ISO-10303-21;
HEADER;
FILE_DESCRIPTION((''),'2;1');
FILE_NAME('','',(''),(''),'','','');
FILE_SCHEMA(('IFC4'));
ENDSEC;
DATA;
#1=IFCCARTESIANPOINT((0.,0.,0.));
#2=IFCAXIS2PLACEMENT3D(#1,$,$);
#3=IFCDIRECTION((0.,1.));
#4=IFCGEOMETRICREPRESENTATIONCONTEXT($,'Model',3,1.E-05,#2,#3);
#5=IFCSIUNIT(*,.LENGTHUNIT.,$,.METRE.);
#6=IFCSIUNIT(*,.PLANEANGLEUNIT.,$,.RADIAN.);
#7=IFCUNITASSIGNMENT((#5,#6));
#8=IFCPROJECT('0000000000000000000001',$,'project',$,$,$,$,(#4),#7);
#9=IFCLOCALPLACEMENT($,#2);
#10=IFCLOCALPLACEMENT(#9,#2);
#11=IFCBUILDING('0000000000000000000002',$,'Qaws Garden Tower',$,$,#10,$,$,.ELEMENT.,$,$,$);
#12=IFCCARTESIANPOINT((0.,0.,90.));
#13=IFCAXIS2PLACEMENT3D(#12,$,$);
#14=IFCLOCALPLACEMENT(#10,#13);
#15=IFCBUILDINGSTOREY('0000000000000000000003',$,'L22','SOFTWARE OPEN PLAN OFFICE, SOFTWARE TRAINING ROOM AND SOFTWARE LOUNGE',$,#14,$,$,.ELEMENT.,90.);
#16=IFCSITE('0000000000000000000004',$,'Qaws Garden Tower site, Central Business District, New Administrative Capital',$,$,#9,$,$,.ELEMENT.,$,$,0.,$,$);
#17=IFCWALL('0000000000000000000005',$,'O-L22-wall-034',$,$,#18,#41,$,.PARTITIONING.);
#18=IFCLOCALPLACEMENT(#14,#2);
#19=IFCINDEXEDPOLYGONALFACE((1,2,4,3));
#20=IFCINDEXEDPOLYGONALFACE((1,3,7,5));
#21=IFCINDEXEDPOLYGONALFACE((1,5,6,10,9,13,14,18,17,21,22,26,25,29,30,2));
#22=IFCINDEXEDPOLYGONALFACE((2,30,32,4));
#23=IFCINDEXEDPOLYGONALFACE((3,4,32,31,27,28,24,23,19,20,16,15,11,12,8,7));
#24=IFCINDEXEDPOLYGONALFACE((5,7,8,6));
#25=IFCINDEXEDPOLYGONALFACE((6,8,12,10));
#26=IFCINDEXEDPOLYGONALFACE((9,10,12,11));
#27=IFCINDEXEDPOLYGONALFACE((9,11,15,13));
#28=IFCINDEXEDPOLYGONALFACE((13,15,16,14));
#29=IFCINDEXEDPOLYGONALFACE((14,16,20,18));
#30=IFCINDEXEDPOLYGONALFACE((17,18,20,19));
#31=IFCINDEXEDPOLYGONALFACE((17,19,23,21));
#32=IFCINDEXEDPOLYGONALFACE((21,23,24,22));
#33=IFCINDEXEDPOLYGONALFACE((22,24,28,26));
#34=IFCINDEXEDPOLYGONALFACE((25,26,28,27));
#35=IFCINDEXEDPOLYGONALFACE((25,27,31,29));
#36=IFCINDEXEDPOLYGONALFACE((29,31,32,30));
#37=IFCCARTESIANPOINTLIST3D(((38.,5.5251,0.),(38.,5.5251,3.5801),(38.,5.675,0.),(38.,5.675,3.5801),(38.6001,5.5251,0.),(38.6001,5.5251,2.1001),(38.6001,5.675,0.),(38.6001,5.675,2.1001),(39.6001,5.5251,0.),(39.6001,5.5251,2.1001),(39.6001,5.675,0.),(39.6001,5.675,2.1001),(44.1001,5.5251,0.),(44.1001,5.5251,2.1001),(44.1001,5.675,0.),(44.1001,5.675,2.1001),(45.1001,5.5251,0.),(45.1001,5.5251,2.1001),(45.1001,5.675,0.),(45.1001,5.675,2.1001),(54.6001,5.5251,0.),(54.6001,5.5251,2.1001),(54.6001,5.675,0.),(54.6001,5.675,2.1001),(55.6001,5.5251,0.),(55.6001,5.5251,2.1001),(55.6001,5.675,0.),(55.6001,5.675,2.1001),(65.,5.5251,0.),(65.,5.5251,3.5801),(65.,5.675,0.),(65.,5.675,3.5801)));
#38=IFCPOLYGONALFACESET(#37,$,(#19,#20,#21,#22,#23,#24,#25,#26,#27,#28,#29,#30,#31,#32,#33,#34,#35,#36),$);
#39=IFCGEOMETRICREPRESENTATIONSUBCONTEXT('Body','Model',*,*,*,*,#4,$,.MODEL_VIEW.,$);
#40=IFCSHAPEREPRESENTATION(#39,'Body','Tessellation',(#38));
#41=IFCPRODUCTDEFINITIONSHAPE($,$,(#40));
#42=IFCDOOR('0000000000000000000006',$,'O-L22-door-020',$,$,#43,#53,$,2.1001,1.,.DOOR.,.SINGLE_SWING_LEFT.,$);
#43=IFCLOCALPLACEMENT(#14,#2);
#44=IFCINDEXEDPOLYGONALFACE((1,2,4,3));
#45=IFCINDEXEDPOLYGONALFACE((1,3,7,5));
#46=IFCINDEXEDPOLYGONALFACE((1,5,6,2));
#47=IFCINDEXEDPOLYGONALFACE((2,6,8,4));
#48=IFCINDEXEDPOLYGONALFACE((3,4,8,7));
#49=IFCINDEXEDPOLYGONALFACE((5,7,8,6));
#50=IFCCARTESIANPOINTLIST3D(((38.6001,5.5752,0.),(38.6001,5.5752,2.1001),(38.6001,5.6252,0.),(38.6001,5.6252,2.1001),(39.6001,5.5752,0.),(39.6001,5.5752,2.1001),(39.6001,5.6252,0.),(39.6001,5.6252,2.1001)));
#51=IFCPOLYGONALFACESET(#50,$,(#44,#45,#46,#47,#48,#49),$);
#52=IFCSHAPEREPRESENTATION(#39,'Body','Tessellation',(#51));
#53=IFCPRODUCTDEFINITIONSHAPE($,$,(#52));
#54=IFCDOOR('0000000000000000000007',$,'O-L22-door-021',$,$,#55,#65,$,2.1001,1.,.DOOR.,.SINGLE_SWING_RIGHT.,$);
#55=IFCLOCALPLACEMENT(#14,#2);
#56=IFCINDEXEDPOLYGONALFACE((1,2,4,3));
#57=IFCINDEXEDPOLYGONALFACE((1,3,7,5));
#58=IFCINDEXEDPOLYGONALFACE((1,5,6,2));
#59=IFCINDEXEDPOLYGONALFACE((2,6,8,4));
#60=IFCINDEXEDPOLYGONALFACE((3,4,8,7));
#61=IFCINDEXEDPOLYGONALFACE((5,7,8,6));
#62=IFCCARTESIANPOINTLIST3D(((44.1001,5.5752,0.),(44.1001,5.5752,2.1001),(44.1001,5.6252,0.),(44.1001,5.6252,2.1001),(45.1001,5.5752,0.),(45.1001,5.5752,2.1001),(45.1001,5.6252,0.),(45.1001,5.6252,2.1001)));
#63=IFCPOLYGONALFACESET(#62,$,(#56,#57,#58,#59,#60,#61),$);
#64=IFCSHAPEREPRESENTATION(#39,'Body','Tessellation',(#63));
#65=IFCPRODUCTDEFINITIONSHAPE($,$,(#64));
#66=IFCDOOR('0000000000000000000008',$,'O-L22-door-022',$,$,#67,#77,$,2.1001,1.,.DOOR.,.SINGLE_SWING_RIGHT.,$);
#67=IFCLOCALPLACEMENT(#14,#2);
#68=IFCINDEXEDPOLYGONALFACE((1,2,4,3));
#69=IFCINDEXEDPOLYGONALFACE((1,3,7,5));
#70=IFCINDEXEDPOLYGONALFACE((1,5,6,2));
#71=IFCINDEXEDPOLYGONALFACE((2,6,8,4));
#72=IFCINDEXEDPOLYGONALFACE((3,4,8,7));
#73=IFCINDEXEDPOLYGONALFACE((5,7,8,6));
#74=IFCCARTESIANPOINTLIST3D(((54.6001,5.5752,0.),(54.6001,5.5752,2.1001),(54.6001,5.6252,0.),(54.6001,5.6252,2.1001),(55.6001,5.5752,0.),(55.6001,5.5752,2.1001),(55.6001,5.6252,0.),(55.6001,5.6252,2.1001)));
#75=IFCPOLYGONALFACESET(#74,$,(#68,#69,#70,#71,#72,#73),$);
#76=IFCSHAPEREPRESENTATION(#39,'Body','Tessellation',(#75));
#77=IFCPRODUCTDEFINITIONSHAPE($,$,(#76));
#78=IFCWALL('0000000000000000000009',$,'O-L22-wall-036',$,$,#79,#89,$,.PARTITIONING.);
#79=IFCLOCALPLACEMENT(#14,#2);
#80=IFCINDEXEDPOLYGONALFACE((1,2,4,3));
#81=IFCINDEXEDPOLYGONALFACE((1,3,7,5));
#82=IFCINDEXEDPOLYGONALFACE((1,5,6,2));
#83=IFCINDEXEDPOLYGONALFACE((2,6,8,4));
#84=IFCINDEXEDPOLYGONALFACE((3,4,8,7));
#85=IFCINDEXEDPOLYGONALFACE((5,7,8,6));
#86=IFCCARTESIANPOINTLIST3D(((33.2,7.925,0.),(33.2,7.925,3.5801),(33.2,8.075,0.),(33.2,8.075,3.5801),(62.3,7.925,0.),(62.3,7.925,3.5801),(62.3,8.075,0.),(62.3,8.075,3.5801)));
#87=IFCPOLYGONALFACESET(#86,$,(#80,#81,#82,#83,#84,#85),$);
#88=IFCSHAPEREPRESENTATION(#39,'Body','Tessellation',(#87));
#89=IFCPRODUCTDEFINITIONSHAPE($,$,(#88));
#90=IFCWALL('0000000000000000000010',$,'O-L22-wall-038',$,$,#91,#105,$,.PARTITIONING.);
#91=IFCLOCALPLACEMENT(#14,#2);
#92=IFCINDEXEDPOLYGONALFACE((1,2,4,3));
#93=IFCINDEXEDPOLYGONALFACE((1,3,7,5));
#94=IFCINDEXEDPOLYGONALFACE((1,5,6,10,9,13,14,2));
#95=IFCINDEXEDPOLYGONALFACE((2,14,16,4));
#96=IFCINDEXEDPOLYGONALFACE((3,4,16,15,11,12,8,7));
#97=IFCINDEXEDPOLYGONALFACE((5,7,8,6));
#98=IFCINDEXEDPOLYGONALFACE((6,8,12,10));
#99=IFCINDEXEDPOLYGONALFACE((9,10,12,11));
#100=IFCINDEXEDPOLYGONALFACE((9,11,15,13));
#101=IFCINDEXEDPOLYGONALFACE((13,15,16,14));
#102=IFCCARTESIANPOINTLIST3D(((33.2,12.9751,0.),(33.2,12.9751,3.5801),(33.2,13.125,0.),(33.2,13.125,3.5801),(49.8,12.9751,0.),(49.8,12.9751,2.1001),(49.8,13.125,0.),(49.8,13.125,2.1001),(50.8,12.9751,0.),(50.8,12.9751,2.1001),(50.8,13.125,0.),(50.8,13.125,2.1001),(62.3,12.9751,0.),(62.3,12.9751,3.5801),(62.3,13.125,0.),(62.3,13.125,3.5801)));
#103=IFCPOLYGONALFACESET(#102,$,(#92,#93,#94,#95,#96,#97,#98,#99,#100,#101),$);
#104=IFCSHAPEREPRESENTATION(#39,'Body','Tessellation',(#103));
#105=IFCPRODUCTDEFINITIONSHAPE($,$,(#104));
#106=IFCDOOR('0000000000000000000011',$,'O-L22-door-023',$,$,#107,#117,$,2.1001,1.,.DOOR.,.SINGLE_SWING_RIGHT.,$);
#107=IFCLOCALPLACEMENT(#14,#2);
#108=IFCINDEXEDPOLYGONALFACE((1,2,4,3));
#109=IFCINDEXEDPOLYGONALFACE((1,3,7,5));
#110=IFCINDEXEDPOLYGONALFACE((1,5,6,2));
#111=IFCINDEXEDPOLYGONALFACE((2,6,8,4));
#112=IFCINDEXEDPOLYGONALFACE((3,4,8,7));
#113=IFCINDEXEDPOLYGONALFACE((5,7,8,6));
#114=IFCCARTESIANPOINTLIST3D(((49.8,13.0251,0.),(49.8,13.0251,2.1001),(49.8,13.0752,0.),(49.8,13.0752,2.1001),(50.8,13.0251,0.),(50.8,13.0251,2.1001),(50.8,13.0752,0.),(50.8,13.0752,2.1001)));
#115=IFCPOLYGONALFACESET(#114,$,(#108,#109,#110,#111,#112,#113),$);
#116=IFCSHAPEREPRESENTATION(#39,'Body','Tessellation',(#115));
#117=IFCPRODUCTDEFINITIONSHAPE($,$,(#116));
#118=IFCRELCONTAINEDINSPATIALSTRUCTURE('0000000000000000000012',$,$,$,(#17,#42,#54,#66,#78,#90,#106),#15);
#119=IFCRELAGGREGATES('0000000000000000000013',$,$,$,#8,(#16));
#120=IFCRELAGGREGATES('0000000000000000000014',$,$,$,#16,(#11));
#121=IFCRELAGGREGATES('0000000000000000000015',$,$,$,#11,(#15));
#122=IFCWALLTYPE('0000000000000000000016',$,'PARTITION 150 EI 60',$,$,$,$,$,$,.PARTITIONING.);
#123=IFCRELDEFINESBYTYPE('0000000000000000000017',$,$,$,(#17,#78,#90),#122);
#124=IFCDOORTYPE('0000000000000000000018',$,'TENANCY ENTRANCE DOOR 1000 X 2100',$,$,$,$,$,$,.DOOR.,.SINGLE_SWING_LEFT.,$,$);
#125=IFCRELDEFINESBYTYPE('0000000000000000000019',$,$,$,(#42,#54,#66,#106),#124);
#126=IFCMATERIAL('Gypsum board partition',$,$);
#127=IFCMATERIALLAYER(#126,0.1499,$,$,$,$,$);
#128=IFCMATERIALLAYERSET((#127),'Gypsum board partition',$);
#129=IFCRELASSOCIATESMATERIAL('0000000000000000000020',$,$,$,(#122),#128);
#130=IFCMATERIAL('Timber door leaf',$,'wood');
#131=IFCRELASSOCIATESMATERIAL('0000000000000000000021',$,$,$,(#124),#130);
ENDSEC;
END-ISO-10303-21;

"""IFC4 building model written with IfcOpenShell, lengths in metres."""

from ifc_helpers import new_model, si_unit, direction, frame, frame_2d, origin, place, context, subcontext, project, spatial, rectangle, extrude, material, layer, layer_set, type_object, element, fill, save


model = new_model("IFC4")

# Units and contexts
model_context = context("Model", 3, precision=1e-05, world=origin(), true_north=direction((0.0, 1.0)))
body_context = subcontext(model_context, "Body", "Model", "MODEL_VIEW")
ifc_project = project(units=[si_unit("LENGTHUNIT", "METRE"), si_unit("PLANEANGLEUNIT", "RADIAN")], contexts=[model_context])

# Site, building, storey
site_placement = place(None, origin())
site = spatial("IfcSite", under=ifc_project, at=site_placement, Name="Qaws Garden Tower site, Central Business District, New Administrative Capital", CompositionType="ELEMENT", RefElevation=0.0)
building_placement = place(site_placement, origin())
building = spatial("IfcBuilding", under=site, at=building_placement, Name="Qaws Garden Tower", CompositionType="ELEMENT")
storey_placement = place(building_placement, frame((0.0, 0.0, 90.0)))
storey = spatial("IfcBuildingStorey", under=building, at=storey_placement, Name="L22", Description="SOFTWARE OPEN PLAN OFFICE, SOFTWARE TRAINING ROOM AND SOFTWARE LOUNGE", CompositionType="ELEMENT", Elevation=90.0)

# Shared definitions
ifc_material_1 = material(Name="Gypsum board partition")
ifc_layer_1 = layer(ifc_material_1, 0.1499)
ifc_layer_set_1 = layer_set([ifc_layer_1], Name="Gypsum board partition")
wall_type_1 = type_object("IfcWallType", Name="PARTITION 150 EI 60", PredefinedType="PARTITIONING", material=ifc_layer_set_1)

# Shared definitions
ifc_material_2 = material(Name="Timber door leaf", Category="wood")
door_type_1 = type_object("IfcDoorType", Name="TENANCY ENTRANCE DOOR 1000 X 2100", OperationType="SINGLE_SWING_LEFT", PredefinedType="DOOR", material=ifc_material_2)

# Wall, openings, doors
wall_1_placement = place(storey_placement, frame((38.0, 5.6001, 0.0), z_axis=(0.0, 0.0, 1.0), x_axis=(1.0, 0.0, 0.0)))
wall_1 = element("IfcWall", 1, at=wall_1_placement, inside=storey, type_object=wall_type_1, Name="O-L22-wall-034", PredefinedType="PARTITIONING", context=body_context, shape_type="SweptSolid", body=[
    extrude(rectangle(XDim=27.0, YDim=0.1499, at=frame_2d((13.5, 0.0))), origin(), (0.0, 0.0, 1.0), 3.5801),
])
opening_1_placement = place(wall_1_placement, frame((0.6001, 0.0, 0.0)))
opening_1 = element("IfcOpeningElement", 2, at=opening_1_placement, cuts=wall_1, PredefinedType="OPENING", context=body_context, shape_type="SweptSolid", body=[
    extrude(rectangle(XDim=1.0, YDim=2.1001, at=frame_2d((0.5, 1.05))), frame((0.0, 0.085, 0.0), z_axis=(0.0, -1.0, 0.0), x_axis=(1.0, 0.0, 0.0)), (0.0, 0.0, 1.0), 0.1699),
])
opening_2_placement = place(wall_1_placement, frame((6.1001, 0.0, 0.0)))
opening_2 = element("IfcOpeningElement", 3, at=opening_2_placement, cuts=wall_1, PredefinedType="OPENING", context=body_context, shape_type="SweptSolid", body=[
    extrude(rectangle(XDim=1.0, YDim=2.1001, at=frame_2d((0.5, 1.05))), frame((0.0, 0.085, 0.0), z_axis=(0.0, -1.0, 0.0), x_axis=(1.0, 0.0, 0.0)), (0.0, 0.0, 1.0), 0.1699),
])
opening_3_placement = place(wall_1_placement, frame((16.6001, 0.0, 0.0)))
opening_3 = element("IfcOpeningElement", 4, at=opening_3_placement, cuts=wall_1, PredefinedType="OPENING", context=body_context, shape_type="SweptSolid", body=[
    extrude(rectangle(XDim=1.0, YDim=2.1001, at=frame_2d((0.5, 1.05))), frame((0.0, 0.085, 0.0), z_axis=(0.0, -1.0, 0.0), x_axis=(1.0, 0.0, 0.0)), (0.0, 0.0, 1.0), 0.1699),
])
door_1_placement = place(opening_1_placement, frame((1.0, 0.0, 0.0), z_axis=(0.0, 0.0, 1.0), x_axis=(-1.0, 0.0, 0.0)))
door_1 = element("IfcDoor", 5, at=door_1_placement, inside=storey, type_object=door_type_1, Name="O-L22-door-020", OperationType="SINGLE_SWING_LEFT", OverallHeight=2.1001, OverallWidth=1.0, PredefinedType="DOOR", context=body_context, shape_type="SweptSolid", body=[
    extrude(rectangle(XDim=1.0, YDim=2.1001, at=frame_2d((0.5, 1.05))), frame((0.0, 0.0249, 0.0), z_axis=(0.0, -1.0, 0.0), x_axis=(1.0, 0.0, 0.0)), (0.0, 0.0, 1.0), 0.05),
])
fill(opening_1, door_1)
door_2_placement = place(opening_2_placement, frame((1.0, 0.0, 0.0), z_axis=(0.0, 0.0, 1.0), x_axis=(-1.0, 0.0, 0.0)))
door_2 = element("IfcDoor", 6, at=door_2_placement, inside=storey, type_object=door_type_1, Name="O-L22-door-021", OperationType="SINGLE_SWING_RIGHT", OverallHeight=2.1001, OverallWidth=1.0, PredefinedType="DOOR", context=body_context, shape_type="SweptSolid", body=[
    extrude(rectangle(XDim=1.0, YDim=2.1001, at=frame_2d((0.5, 1.05))), frame((0.0, 0.0249, 0.0), z_axis=(0.0, -1.0, 0.0), x_axis=(1.0, 0.0, 0.0)), (0.0, 0.0, 1.0), 0.05),
])
fill(opening_2, door_2)
door_3_placement = place(opening_3_placement, frame((1.0, 0.0, 0.0), z_axis=(0.0, 0.0, 1.0), x_axis=(-1.0, 0.0, 0.0)))
door_3 = element("IfcDoor", 7, at=door_3_placement, inside=storey, type_object=door_type_1, Name="O-L22-door-022", OperationType="SINGLE_SWING_RIGHT", OverallHeight=2.1001, OverallWidth=1.0, PredefinedType="DOOR", context=body_context, shape_type="SweptSolid", body=[
    extrude(rectangle(XDim=1.0, YDim=2.1001, at=frame_2d((0.5, 1.05))), frame((0.0, 0.0249, 0.0), z_axis=(0.0, -1.0, 0.0), x_axis=(1.0, 0.0, 0.0)), (0.0, 0.0, 1.0), 0.05),
])
fill(opening_3, door_3)

# Wall
wall_2_placement = place(storey_placement, frame((33.2, 8.0, 0.0), z_axis=(0.0, 0.0, 1.0), x_axis=(1.0, 0.0, 0.0)))
element("IfcWall", 8, at=wall_2_placement, inside=storey, type_object=wall_type_1, Name="O-L22-wall-036", PredefinedType="PARTITIONING", context=body_context, shape_type="SweptSolid", body=[
    extrude(rectangle(XDim=29.1001, YDim=0.1499, at=frame_2d((14.55, 0.0))), origin(), (0.0, 0.0, 1.0), 3.5801),
])

# Wall, opening, door
wall_3_placement = place(storey_placement, frame((33.2, 13.05, 0.0), z_axis=(0.0, 0.0, 1.0), x_axis=(1.0, 0.0, 0.0)))
wall_3 = element("IfcWall", 9, at=wall_3_placement, inside=storey, type_object=wall_type_1, Name="O-L22-wall-038", PredefinedType="PARTITIONING", context=body_context, shape_type="SweptSolid", body=[
    extrude(rectangle(XDim=29.1001, YDim=0.1499, at=frame_2d((14.55, 0.0))), origin(), (0.0, 0.0, 1.0), 3.5801),
])
opening_4_placement = place(wall_3_placement, frame((16.6001, 0.0, 0.0)))
opening_4 = element("IfcOpeningElement", 10, at=opening_4_placement, cuts=wall_3, PredefinedType="OPENING", context=body_context, shape_type="SweptSolid", body=[
    extrude(rectangle(XDim=1.0, YDim=2.1001, at=frame_2d((0.5, 1.05))), frame((0.0, 0.085, 0.0), z_axis=(0.0, -1.0, 0.0), x_axis=(1.0, 0.0, 0.0)), (0.0, 0.0, 1.0), 0.1699),
])
door_4_placement = place(opening_4_placement, frame((1.0, 0.0, 0.0), z_axis=(0.0, 0.0, 1.0), x_axis=(-1.0, 0.0, 0.0)))
door_4 = element("IfcDoor", 11, at=door_4_placement, inside=storey, type_object=door_type_1, Name="O-L22-door-023", OperationType="SINGLE_SWING_RIGHT", OverallHeight=2.1001, OverallWidth=1.0, PredefinedType="DOOR", context=body_context, shape_type="SweptSolid", body=[
    extrude(rectangle(XDim=1.0, YDim=2.1001, at=frame_2d((0.5, 1.05))), frame((0.0, 0.0249, 0.0), z_axis=(0.0, -1.0, 0.0), x_axis=(1.0, 0.0, 0.0)), (0.0, 0.0, 1.0), 0.05),
])
fill(opening_4, door_4)

save(model, "model.ifc")
